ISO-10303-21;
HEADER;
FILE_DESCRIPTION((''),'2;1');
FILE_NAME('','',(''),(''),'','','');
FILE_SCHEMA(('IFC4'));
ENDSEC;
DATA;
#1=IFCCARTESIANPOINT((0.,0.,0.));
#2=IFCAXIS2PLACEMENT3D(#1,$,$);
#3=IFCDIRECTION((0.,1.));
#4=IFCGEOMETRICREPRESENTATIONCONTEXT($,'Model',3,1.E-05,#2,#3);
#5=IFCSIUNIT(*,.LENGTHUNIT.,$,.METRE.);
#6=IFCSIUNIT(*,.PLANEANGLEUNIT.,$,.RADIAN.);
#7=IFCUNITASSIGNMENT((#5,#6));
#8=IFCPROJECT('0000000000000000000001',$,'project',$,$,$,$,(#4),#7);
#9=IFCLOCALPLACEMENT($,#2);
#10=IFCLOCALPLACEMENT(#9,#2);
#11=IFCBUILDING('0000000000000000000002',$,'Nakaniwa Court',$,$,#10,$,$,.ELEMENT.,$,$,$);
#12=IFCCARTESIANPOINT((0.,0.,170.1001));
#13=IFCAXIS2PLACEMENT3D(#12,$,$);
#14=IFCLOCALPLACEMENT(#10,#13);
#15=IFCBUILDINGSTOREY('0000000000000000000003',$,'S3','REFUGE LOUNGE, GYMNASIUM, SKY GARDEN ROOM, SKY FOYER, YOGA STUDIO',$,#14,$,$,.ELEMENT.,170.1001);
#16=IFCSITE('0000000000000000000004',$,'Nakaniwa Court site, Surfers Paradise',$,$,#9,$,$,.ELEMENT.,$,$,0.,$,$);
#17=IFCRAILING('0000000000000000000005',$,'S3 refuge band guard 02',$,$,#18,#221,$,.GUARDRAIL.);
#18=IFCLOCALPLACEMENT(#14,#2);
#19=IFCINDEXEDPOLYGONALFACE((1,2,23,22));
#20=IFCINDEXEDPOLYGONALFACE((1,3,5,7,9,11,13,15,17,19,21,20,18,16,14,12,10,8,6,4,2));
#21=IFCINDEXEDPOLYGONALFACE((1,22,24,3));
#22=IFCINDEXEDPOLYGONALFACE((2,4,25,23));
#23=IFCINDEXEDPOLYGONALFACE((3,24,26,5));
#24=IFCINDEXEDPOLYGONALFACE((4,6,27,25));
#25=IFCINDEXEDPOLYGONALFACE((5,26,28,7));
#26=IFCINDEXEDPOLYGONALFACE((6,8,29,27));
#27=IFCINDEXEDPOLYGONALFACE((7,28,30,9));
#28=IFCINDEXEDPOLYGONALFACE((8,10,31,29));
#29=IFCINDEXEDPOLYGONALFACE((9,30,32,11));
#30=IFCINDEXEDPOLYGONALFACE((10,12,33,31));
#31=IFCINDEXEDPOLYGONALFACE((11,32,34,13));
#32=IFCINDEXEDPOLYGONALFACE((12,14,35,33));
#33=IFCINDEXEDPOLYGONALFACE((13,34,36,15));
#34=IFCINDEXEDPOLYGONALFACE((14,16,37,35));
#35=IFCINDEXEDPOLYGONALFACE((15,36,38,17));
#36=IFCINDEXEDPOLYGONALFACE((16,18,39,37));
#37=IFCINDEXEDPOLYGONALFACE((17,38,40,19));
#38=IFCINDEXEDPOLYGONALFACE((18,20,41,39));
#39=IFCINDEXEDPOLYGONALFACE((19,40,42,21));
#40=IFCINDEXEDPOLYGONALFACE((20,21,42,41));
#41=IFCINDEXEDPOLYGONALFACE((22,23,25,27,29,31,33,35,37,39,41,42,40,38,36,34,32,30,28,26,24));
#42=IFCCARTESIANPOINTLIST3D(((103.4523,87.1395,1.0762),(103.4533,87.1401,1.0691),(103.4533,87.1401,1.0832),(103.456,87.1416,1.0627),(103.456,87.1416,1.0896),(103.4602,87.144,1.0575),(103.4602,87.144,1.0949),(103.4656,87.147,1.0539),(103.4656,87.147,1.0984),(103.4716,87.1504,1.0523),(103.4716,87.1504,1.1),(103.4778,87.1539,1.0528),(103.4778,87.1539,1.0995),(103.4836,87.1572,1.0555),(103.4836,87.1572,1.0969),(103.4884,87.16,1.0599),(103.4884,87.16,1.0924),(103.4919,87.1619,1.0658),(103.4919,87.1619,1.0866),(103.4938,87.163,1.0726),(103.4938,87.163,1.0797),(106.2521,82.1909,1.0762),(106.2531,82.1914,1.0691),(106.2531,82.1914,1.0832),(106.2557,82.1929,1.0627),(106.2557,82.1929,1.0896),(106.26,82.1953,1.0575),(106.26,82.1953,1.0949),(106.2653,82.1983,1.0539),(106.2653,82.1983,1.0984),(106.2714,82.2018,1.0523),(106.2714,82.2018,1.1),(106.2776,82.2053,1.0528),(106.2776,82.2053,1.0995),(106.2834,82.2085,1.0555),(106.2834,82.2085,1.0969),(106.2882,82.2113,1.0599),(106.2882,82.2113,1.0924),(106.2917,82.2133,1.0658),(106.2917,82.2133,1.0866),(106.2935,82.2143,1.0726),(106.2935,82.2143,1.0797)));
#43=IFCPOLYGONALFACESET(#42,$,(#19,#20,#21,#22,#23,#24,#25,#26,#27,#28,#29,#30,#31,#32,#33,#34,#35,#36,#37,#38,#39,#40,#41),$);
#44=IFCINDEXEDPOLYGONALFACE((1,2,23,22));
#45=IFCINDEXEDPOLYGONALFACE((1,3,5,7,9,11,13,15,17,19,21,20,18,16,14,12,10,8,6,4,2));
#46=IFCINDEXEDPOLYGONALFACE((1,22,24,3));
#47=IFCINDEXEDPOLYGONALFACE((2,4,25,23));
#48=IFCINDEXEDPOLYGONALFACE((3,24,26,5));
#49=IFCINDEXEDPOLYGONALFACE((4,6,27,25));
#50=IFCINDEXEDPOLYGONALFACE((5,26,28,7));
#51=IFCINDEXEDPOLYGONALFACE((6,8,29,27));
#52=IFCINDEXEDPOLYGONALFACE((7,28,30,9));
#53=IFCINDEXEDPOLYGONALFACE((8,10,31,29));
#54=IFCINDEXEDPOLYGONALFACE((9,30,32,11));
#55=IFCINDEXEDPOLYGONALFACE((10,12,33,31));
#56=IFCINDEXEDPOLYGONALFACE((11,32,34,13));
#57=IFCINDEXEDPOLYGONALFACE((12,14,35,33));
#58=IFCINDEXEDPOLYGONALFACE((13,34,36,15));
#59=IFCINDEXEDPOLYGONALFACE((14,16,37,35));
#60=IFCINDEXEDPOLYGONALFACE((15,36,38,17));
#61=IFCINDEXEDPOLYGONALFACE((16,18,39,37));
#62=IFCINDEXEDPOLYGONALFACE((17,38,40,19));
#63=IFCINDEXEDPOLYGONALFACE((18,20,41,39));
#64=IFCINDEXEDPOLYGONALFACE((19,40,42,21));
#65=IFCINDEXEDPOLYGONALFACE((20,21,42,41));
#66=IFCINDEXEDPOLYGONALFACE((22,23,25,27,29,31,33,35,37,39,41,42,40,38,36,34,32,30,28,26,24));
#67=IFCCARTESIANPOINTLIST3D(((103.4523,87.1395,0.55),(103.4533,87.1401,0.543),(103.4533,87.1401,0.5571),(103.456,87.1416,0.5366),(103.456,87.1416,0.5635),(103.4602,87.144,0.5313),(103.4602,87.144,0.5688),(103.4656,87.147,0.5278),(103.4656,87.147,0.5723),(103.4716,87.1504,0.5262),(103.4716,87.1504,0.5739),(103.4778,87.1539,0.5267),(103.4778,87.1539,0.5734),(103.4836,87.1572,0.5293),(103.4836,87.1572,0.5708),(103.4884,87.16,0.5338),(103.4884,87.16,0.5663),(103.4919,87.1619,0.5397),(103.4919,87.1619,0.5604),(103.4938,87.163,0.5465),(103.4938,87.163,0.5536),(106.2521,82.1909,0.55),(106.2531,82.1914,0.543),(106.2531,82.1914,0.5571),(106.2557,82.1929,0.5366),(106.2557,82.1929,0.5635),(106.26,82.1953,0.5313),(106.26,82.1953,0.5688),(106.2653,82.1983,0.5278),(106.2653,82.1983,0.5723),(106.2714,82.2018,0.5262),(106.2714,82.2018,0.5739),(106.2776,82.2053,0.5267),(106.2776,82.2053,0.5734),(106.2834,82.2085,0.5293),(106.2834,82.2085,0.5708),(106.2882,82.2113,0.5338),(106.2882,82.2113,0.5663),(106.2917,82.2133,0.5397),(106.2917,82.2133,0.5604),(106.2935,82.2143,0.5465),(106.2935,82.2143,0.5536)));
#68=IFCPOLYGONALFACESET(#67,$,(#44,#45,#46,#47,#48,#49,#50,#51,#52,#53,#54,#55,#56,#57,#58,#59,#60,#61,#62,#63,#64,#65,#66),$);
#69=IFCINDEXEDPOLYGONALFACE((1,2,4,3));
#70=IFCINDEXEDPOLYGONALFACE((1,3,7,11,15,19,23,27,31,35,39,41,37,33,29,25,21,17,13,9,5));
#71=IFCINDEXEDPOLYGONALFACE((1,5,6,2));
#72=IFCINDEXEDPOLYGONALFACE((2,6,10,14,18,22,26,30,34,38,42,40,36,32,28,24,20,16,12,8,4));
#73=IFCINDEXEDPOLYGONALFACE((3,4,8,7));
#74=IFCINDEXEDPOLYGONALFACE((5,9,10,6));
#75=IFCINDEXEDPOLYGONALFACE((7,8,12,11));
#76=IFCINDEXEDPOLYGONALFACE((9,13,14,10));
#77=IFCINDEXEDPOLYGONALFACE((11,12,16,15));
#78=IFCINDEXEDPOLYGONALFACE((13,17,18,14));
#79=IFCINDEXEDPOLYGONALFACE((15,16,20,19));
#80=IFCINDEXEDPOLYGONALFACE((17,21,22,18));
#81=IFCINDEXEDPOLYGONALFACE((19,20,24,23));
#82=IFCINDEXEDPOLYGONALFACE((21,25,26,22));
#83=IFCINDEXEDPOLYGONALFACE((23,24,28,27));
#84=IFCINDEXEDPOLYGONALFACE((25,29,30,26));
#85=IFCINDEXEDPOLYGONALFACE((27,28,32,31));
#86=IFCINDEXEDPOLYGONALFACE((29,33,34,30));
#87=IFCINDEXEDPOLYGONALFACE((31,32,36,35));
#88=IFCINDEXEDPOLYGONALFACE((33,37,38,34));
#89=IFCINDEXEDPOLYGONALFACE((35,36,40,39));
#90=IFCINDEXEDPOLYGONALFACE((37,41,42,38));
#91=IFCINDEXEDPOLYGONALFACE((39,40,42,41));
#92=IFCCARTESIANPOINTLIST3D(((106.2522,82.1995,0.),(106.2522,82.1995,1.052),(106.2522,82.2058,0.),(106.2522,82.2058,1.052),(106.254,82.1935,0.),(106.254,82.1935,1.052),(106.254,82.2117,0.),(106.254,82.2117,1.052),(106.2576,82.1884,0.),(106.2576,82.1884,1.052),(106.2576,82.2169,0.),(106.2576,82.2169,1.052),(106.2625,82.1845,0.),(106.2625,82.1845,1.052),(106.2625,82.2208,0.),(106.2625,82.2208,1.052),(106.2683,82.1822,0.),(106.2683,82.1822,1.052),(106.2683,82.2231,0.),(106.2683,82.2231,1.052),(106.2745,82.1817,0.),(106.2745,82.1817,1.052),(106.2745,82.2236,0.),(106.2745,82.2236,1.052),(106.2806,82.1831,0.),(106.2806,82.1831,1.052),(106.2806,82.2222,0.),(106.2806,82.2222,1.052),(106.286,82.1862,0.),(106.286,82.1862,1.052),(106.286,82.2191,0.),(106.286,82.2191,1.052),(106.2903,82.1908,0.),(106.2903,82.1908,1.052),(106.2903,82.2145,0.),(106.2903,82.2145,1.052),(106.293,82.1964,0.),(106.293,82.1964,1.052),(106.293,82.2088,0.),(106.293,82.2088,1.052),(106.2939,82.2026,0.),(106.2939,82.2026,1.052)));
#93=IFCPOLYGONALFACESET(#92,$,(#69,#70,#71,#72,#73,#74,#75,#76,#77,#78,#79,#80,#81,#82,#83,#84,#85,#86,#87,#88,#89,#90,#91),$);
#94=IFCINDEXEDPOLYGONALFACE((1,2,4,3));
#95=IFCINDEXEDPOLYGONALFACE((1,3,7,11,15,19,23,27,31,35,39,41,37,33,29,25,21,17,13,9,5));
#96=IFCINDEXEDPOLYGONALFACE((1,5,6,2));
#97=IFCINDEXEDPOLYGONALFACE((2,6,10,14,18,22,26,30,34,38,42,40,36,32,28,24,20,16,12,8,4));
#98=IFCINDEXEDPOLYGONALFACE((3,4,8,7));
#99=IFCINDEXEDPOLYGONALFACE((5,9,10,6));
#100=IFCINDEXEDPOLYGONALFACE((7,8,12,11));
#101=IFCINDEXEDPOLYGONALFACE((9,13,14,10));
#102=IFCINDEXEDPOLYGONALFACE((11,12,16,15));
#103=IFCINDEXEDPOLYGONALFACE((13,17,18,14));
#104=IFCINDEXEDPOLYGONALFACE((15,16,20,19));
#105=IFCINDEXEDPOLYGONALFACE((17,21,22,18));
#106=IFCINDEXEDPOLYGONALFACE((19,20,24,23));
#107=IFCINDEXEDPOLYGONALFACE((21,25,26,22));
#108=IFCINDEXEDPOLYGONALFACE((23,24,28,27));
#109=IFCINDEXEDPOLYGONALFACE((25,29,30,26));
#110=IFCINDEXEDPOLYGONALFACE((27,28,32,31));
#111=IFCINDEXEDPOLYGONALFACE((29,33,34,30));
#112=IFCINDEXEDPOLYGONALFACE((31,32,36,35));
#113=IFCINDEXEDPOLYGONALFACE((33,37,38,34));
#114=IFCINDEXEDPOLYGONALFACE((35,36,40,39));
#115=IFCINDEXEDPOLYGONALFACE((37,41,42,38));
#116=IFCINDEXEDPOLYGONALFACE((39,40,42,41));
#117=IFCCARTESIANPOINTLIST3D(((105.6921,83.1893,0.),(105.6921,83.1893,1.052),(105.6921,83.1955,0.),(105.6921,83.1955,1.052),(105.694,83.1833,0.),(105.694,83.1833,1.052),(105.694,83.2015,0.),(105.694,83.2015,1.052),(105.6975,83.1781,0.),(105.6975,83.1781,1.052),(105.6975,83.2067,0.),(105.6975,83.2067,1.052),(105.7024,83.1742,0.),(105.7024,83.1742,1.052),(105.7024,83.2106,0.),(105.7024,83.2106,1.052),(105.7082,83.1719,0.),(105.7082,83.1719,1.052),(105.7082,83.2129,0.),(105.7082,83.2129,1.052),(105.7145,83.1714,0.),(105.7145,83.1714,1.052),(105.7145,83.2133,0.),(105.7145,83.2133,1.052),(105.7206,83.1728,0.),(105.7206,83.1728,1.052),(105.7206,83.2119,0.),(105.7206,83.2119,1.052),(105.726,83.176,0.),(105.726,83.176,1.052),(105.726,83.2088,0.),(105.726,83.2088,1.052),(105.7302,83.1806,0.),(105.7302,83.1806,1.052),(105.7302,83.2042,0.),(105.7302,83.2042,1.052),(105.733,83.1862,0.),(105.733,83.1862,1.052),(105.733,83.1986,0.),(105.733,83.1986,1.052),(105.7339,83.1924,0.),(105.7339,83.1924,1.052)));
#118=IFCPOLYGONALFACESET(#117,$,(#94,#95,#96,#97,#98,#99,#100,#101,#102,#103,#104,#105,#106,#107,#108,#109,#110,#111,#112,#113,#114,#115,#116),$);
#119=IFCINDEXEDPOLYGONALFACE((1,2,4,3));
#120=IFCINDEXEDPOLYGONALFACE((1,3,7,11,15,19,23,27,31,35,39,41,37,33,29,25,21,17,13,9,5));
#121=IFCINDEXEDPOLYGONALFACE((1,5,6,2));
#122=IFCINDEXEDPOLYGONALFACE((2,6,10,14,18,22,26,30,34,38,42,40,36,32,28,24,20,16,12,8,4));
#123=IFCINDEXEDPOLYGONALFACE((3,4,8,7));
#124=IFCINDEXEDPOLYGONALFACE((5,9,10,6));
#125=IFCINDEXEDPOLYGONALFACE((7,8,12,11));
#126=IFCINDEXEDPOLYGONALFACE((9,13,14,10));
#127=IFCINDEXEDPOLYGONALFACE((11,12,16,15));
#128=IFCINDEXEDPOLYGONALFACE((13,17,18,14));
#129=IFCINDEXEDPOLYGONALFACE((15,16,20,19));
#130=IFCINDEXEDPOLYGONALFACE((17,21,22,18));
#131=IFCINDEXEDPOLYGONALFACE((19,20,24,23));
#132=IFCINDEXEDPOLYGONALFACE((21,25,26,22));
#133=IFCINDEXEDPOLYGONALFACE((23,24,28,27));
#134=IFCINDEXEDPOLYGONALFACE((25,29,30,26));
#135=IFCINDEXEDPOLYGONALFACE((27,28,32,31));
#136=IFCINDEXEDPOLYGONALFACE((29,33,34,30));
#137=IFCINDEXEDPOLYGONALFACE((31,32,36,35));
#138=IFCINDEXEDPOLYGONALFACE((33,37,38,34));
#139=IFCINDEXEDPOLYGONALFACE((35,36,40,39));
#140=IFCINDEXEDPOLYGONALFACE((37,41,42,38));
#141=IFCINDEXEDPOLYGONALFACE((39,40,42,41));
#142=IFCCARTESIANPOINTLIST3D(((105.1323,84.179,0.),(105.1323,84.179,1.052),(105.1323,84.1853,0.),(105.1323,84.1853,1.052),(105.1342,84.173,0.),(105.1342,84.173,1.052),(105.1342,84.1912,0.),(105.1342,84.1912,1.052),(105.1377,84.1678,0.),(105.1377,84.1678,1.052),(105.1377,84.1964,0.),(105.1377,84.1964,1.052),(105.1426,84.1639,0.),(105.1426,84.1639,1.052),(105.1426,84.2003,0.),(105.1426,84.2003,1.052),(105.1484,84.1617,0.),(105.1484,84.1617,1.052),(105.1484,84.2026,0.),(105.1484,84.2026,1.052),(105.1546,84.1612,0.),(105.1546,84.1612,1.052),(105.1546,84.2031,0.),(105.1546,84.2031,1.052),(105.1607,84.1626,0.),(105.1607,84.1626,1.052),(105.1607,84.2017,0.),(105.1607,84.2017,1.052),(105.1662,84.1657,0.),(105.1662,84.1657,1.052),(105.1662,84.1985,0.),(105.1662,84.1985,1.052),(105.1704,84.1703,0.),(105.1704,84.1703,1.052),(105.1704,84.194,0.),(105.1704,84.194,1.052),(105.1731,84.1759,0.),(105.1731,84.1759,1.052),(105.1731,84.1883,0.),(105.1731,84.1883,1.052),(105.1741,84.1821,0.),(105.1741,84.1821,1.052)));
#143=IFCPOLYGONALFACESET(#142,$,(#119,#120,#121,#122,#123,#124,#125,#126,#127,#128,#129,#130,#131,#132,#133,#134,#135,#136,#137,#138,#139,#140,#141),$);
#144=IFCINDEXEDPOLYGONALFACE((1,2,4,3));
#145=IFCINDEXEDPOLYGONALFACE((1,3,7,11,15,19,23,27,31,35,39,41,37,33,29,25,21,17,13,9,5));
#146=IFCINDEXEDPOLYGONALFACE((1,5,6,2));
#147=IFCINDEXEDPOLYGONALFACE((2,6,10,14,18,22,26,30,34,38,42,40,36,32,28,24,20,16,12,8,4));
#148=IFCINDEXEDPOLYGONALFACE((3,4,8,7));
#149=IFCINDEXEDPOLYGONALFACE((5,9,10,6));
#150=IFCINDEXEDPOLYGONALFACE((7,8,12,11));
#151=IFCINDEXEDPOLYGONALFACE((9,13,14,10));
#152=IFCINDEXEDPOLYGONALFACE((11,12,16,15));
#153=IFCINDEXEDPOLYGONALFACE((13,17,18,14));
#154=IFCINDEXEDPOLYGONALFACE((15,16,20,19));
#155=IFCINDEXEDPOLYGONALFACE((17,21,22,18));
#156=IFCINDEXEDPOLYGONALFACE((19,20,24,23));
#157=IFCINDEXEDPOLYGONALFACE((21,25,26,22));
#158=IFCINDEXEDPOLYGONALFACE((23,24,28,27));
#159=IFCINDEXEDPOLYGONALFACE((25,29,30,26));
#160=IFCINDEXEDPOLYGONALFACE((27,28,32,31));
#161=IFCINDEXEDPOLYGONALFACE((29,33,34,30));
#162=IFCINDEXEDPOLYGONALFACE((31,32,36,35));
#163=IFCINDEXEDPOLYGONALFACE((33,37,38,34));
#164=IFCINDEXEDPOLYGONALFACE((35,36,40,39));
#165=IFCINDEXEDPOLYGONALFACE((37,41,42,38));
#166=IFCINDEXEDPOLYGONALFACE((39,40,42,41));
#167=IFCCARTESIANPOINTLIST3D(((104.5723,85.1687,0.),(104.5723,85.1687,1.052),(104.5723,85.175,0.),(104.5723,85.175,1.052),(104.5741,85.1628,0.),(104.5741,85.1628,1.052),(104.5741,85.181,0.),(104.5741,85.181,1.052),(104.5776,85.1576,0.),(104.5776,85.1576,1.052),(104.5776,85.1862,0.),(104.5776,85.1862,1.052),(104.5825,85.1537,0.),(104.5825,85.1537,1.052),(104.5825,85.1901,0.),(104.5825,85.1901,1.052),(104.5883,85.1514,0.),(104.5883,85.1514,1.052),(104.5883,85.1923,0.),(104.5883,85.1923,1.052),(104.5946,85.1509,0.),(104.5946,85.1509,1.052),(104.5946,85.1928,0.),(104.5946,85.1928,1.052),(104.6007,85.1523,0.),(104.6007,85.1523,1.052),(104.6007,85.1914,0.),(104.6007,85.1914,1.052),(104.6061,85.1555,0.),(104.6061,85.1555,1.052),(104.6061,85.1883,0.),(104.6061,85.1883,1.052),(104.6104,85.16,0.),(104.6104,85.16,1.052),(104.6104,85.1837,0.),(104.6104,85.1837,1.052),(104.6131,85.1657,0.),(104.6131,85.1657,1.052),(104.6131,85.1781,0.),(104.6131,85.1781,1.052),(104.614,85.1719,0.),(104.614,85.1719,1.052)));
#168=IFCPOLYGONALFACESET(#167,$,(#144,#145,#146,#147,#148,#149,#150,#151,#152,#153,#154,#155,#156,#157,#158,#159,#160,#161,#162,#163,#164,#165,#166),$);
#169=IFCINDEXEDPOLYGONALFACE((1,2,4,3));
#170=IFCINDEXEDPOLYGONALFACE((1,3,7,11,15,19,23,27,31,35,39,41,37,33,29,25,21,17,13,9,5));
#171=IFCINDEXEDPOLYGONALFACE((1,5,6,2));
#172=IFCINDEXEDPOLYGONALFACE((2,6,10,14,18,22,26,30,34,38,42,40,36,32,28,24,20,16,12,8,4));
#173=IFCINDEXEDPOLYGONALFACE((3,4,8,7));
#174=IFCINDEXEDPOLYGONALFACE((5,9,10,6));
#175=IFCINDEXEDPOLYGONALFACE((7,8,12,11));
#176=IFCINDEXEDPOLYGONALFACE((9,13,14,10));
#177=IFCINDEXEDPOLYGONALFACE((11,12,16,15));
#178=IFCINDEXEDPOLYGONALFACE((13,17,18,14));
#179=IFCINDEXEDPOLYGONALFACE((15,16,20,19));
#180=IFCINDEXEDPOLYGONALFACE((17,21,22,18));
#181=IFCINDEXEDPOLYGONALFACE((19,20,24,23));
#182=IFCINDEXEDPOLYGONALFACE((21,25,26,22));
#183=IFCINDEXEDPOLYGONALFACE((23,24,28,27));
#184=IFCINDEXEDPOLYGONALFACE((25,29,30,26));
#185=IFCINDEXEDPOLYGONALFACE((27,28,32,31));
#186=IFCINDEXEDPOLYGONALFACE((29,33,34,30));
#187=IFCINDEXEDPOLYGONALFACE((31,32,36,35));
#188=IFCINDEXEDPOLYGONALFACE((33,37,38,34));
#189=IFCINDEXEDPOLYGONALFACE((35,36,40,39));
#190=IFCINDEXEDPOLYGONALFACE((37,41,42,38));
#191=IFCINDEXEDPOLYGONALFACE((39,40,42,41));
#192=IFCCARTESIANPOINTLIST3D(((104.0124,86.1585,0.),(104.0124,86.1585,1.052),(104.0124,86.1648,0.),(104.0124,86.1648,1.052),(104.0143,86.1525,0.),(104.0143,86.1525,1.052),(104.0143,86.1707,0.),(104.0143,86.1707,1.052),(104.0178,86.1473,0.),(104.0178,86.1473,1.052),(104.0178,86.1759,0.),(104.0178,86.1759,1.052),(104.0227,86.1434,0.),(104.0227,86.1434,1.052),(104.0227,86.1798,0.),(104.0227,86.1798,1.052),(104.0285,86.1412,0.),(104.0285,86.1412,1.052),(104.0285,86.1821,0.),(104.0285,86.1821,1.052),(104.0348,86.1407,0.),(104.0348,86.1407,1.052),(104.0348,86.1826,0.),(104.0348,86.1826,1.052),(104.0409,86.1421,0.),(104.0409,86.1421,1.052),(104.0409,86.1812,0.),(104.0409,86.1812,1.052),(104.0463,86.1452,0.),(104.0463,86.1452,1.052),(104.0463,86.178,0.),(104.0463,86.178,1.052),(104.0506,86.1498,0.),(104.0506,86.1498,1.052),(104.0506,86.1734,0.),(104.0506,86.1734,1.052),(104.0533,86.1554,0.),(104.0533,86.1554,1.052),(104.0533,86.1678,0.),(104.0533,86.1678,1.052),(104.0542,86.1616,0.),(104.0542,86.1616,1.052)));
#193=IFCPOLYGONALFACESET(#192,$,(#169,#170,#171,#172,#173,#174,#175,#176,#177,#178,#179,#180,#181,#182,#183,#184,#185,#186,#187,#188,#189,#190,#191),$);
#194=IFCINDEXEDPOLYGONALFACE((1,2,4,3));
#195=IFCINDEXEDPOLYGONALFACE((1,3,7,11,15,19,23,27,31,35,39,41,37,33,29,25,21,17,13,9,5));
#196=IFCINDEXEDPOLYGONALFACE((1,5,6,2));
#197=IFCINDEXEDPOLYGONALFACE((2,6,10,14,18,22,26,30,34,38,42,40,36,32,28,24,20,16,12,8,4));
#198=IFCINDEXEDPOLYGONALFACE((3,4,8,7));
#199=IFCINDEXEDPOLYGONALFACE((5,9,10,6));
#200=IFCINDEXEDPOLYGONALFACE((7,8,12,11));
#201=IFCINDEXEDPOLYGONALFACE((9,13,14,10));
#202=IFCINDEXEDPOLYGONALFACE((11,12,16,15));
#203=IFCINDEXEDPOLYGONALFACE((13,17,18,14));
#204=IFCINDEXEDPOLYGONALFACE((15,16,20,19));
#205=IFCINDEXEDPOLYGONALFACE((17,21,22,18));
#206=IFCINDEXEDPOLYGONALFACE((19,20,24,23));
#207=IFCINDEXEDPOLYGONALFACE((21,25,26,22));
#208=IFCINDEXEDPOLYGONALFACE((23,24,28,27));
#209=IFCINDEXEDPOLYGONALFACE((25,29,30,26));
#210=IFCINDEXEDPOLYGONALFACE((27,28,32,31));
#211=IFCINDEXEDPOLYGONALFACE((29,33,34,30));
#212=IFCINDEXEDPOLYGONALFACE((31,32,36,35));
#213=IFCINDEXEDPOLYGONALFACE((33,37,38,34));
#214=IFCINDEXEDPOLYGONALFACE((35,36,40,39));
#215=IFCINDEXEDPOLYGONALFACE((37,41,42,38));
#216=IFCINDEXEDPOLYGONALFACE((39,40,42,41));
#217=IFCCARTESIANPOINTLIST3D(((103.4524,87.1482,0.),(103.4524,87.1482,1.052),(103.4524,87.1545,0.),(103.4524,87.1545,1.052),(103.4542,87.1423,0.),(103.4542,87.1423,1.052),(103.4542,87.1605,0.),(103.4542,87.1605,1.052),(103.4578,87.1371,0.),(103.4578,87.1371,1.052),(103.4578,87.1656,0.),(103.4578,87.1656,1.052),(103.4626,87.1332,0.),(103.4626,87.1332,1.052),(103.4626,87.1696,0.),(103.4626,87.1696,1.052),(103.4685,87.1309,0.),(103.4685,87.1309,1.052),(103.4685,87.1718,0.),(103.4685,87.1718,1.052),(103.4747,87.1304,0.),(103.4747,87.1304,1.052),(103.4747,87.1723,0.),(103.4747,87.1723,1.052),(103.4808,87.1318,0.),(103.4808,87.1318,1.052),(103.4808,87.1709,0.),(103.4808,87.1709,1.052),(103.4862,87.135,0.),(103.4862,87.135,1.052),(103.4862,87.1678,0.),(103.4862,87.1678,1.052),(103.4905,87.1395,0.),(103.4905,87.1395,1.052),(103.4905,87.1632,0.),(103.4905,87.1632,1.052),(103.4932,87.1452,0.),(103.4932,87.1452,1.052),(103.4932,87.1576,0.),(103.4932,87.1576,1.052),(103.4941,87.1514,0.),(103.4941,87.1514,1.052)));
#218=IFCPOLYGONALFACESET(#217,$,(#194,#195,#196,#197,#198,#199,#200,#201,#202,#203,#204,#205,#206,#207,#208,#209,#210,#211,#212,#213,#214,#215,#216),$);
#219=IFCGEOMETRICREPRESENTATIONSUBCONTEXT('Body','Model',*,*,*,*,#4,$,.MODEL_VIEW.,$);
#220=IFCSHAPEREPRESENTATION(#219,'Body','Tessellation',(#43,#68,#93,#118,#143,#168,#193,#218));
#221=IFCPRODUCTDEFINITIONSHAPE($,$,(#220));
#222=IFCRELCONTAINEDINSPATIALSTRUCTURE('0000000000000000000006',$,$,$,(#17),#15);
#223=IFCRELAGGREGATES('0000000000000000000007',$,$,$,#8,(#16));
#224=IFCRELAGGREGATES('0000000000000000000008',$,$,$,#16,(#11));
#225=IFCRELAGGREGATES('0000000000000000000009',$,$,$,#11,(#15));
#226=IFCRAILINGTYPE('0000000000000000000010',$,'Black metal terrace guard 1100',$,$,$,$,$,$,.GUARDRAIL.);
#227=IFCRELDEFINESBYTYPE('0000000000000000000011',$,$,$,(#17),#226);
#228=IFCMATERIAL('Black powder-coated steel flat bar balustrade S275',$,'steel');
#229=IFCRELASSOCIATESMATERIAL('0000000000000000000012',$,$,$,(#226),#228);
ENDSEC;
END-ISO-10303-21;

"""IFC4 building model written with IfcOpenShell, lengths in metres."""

from ifc_helpers import new_model, si_unit, direction, frame, origin, origin_2d, place, context, subcontext, project, spatial, circle, extrude, material, type_object, element, save


model = new_model("IFC4")

# Units and contexts
model_context = context("Model", 3, precision=1e-05, world=origin(), true_north=direction((0.0, 1.0)))
body_context = subcontext(model_context, "Body", "Model", "MODEL_VIEW")
ifc_project = project(units=[si_unit("LENGTHUNIT", "METRE"), si_unit("PLANEANGLEUNIT", "RADIAN")], contexts=[model_context])

# Site, building, storey
site_placement = place(None, origin())
site = spatial("IfcSite", under=ifc_project, at=site_placement, Name="Nakaniwa Court site, Surfers Paradise", CompositionType="ELEMENT", RefElevation=0.0)
building_placement = place(site_placement, origin())
building = spatial("IfcBuilding", under=site, at=building_placement, Name="Nakaniwa Court", CompositionType="ELEMENT")
storey_placement = place(building_placement, frame((0.0, 0.0, 170.1001)))
storey = spatial("IfcBuildingStorey", under=building, at=storey_placement, Name="S3", Description="REFUGE LOUNGE, GYMNASIUM, SKY GARDEN ROOM, SKY FOYER, YOGA STUDIO", CompositionType="ELEMENT", Elevation=170.1001)

# Railing
ifc_material_1 = material(Name="Black powder-coated steel flat bar balustrade S275", Category="steel")
railing_type = type_object("IfcRailingType", Name="Black metal terrace guard 1100", PredefinedType="GUARDRAIL", material=ifc_material_1)
railing_placement = place(storey_placement, frame((106.2729, 82.2026, 0.0)))
element("IfcRailing", 1, at=railing_placement, inside=storey, type_object=railing_type, Name="S3 refuge band guard 02", PredefinedType="GUARDRAIL", context=body_context, shape_type="SweptSolid", body=[
    extrude(circle(Radius=0.0239, at=origin_2d()), frame((0.0, 0.0, 1.0762), z_axis=(-0.492417, 0.87036, 0.0), x_axis=(-0.87036, -0.492417, 0.0)), (0.0, 0.0, 1.0), 5.6858),
    extrude(circle(Radius=0.0239, at=origin_2d()), frame((0.0, 0.0, 0.55), z_axis=(-0.492417, 0.87036, 0.0), x_axis=(-0.87036, -0.492417, 0.0)), (0.0, 0.0, 1.0), 5.6858),
    extrude(circle(Radius=0.021, at=origin_2d()), origin(), (0.0, 0.0, 1.0), 1.052),
    extrude(circle(Radius=0.021, at=origin_2d()), frame((-0.5601, 0.9897, 0.0)), (0.0, 0.0, 1.0), 1.052),
    extrude(circle(Radius=0.021, at=origin_2d()), frame((-1.1199, 1.9795, 0.0)), (0.0, 0.0, 1.0), 1.052),
    extrude(circle(Radius=0.021, at=origin_2d()), frame((-1.6799, 2.9692, 0.0)), (0.0, 0.0, 1.0), 1.052),
    extrude(circle(Radius=0.021, at=origin_2d()), frame((-2.2397, 3.959, 0.0)), (0.0, 0.0, 1.0), 1.052),
    extrude(circle(Radius=0.021, at=origin_2d()), frame((-2.7998, 4.9487, 0.0)), (0.0, 0.0, 1.0), 1.052),
])

save(model, "model.ifc")
